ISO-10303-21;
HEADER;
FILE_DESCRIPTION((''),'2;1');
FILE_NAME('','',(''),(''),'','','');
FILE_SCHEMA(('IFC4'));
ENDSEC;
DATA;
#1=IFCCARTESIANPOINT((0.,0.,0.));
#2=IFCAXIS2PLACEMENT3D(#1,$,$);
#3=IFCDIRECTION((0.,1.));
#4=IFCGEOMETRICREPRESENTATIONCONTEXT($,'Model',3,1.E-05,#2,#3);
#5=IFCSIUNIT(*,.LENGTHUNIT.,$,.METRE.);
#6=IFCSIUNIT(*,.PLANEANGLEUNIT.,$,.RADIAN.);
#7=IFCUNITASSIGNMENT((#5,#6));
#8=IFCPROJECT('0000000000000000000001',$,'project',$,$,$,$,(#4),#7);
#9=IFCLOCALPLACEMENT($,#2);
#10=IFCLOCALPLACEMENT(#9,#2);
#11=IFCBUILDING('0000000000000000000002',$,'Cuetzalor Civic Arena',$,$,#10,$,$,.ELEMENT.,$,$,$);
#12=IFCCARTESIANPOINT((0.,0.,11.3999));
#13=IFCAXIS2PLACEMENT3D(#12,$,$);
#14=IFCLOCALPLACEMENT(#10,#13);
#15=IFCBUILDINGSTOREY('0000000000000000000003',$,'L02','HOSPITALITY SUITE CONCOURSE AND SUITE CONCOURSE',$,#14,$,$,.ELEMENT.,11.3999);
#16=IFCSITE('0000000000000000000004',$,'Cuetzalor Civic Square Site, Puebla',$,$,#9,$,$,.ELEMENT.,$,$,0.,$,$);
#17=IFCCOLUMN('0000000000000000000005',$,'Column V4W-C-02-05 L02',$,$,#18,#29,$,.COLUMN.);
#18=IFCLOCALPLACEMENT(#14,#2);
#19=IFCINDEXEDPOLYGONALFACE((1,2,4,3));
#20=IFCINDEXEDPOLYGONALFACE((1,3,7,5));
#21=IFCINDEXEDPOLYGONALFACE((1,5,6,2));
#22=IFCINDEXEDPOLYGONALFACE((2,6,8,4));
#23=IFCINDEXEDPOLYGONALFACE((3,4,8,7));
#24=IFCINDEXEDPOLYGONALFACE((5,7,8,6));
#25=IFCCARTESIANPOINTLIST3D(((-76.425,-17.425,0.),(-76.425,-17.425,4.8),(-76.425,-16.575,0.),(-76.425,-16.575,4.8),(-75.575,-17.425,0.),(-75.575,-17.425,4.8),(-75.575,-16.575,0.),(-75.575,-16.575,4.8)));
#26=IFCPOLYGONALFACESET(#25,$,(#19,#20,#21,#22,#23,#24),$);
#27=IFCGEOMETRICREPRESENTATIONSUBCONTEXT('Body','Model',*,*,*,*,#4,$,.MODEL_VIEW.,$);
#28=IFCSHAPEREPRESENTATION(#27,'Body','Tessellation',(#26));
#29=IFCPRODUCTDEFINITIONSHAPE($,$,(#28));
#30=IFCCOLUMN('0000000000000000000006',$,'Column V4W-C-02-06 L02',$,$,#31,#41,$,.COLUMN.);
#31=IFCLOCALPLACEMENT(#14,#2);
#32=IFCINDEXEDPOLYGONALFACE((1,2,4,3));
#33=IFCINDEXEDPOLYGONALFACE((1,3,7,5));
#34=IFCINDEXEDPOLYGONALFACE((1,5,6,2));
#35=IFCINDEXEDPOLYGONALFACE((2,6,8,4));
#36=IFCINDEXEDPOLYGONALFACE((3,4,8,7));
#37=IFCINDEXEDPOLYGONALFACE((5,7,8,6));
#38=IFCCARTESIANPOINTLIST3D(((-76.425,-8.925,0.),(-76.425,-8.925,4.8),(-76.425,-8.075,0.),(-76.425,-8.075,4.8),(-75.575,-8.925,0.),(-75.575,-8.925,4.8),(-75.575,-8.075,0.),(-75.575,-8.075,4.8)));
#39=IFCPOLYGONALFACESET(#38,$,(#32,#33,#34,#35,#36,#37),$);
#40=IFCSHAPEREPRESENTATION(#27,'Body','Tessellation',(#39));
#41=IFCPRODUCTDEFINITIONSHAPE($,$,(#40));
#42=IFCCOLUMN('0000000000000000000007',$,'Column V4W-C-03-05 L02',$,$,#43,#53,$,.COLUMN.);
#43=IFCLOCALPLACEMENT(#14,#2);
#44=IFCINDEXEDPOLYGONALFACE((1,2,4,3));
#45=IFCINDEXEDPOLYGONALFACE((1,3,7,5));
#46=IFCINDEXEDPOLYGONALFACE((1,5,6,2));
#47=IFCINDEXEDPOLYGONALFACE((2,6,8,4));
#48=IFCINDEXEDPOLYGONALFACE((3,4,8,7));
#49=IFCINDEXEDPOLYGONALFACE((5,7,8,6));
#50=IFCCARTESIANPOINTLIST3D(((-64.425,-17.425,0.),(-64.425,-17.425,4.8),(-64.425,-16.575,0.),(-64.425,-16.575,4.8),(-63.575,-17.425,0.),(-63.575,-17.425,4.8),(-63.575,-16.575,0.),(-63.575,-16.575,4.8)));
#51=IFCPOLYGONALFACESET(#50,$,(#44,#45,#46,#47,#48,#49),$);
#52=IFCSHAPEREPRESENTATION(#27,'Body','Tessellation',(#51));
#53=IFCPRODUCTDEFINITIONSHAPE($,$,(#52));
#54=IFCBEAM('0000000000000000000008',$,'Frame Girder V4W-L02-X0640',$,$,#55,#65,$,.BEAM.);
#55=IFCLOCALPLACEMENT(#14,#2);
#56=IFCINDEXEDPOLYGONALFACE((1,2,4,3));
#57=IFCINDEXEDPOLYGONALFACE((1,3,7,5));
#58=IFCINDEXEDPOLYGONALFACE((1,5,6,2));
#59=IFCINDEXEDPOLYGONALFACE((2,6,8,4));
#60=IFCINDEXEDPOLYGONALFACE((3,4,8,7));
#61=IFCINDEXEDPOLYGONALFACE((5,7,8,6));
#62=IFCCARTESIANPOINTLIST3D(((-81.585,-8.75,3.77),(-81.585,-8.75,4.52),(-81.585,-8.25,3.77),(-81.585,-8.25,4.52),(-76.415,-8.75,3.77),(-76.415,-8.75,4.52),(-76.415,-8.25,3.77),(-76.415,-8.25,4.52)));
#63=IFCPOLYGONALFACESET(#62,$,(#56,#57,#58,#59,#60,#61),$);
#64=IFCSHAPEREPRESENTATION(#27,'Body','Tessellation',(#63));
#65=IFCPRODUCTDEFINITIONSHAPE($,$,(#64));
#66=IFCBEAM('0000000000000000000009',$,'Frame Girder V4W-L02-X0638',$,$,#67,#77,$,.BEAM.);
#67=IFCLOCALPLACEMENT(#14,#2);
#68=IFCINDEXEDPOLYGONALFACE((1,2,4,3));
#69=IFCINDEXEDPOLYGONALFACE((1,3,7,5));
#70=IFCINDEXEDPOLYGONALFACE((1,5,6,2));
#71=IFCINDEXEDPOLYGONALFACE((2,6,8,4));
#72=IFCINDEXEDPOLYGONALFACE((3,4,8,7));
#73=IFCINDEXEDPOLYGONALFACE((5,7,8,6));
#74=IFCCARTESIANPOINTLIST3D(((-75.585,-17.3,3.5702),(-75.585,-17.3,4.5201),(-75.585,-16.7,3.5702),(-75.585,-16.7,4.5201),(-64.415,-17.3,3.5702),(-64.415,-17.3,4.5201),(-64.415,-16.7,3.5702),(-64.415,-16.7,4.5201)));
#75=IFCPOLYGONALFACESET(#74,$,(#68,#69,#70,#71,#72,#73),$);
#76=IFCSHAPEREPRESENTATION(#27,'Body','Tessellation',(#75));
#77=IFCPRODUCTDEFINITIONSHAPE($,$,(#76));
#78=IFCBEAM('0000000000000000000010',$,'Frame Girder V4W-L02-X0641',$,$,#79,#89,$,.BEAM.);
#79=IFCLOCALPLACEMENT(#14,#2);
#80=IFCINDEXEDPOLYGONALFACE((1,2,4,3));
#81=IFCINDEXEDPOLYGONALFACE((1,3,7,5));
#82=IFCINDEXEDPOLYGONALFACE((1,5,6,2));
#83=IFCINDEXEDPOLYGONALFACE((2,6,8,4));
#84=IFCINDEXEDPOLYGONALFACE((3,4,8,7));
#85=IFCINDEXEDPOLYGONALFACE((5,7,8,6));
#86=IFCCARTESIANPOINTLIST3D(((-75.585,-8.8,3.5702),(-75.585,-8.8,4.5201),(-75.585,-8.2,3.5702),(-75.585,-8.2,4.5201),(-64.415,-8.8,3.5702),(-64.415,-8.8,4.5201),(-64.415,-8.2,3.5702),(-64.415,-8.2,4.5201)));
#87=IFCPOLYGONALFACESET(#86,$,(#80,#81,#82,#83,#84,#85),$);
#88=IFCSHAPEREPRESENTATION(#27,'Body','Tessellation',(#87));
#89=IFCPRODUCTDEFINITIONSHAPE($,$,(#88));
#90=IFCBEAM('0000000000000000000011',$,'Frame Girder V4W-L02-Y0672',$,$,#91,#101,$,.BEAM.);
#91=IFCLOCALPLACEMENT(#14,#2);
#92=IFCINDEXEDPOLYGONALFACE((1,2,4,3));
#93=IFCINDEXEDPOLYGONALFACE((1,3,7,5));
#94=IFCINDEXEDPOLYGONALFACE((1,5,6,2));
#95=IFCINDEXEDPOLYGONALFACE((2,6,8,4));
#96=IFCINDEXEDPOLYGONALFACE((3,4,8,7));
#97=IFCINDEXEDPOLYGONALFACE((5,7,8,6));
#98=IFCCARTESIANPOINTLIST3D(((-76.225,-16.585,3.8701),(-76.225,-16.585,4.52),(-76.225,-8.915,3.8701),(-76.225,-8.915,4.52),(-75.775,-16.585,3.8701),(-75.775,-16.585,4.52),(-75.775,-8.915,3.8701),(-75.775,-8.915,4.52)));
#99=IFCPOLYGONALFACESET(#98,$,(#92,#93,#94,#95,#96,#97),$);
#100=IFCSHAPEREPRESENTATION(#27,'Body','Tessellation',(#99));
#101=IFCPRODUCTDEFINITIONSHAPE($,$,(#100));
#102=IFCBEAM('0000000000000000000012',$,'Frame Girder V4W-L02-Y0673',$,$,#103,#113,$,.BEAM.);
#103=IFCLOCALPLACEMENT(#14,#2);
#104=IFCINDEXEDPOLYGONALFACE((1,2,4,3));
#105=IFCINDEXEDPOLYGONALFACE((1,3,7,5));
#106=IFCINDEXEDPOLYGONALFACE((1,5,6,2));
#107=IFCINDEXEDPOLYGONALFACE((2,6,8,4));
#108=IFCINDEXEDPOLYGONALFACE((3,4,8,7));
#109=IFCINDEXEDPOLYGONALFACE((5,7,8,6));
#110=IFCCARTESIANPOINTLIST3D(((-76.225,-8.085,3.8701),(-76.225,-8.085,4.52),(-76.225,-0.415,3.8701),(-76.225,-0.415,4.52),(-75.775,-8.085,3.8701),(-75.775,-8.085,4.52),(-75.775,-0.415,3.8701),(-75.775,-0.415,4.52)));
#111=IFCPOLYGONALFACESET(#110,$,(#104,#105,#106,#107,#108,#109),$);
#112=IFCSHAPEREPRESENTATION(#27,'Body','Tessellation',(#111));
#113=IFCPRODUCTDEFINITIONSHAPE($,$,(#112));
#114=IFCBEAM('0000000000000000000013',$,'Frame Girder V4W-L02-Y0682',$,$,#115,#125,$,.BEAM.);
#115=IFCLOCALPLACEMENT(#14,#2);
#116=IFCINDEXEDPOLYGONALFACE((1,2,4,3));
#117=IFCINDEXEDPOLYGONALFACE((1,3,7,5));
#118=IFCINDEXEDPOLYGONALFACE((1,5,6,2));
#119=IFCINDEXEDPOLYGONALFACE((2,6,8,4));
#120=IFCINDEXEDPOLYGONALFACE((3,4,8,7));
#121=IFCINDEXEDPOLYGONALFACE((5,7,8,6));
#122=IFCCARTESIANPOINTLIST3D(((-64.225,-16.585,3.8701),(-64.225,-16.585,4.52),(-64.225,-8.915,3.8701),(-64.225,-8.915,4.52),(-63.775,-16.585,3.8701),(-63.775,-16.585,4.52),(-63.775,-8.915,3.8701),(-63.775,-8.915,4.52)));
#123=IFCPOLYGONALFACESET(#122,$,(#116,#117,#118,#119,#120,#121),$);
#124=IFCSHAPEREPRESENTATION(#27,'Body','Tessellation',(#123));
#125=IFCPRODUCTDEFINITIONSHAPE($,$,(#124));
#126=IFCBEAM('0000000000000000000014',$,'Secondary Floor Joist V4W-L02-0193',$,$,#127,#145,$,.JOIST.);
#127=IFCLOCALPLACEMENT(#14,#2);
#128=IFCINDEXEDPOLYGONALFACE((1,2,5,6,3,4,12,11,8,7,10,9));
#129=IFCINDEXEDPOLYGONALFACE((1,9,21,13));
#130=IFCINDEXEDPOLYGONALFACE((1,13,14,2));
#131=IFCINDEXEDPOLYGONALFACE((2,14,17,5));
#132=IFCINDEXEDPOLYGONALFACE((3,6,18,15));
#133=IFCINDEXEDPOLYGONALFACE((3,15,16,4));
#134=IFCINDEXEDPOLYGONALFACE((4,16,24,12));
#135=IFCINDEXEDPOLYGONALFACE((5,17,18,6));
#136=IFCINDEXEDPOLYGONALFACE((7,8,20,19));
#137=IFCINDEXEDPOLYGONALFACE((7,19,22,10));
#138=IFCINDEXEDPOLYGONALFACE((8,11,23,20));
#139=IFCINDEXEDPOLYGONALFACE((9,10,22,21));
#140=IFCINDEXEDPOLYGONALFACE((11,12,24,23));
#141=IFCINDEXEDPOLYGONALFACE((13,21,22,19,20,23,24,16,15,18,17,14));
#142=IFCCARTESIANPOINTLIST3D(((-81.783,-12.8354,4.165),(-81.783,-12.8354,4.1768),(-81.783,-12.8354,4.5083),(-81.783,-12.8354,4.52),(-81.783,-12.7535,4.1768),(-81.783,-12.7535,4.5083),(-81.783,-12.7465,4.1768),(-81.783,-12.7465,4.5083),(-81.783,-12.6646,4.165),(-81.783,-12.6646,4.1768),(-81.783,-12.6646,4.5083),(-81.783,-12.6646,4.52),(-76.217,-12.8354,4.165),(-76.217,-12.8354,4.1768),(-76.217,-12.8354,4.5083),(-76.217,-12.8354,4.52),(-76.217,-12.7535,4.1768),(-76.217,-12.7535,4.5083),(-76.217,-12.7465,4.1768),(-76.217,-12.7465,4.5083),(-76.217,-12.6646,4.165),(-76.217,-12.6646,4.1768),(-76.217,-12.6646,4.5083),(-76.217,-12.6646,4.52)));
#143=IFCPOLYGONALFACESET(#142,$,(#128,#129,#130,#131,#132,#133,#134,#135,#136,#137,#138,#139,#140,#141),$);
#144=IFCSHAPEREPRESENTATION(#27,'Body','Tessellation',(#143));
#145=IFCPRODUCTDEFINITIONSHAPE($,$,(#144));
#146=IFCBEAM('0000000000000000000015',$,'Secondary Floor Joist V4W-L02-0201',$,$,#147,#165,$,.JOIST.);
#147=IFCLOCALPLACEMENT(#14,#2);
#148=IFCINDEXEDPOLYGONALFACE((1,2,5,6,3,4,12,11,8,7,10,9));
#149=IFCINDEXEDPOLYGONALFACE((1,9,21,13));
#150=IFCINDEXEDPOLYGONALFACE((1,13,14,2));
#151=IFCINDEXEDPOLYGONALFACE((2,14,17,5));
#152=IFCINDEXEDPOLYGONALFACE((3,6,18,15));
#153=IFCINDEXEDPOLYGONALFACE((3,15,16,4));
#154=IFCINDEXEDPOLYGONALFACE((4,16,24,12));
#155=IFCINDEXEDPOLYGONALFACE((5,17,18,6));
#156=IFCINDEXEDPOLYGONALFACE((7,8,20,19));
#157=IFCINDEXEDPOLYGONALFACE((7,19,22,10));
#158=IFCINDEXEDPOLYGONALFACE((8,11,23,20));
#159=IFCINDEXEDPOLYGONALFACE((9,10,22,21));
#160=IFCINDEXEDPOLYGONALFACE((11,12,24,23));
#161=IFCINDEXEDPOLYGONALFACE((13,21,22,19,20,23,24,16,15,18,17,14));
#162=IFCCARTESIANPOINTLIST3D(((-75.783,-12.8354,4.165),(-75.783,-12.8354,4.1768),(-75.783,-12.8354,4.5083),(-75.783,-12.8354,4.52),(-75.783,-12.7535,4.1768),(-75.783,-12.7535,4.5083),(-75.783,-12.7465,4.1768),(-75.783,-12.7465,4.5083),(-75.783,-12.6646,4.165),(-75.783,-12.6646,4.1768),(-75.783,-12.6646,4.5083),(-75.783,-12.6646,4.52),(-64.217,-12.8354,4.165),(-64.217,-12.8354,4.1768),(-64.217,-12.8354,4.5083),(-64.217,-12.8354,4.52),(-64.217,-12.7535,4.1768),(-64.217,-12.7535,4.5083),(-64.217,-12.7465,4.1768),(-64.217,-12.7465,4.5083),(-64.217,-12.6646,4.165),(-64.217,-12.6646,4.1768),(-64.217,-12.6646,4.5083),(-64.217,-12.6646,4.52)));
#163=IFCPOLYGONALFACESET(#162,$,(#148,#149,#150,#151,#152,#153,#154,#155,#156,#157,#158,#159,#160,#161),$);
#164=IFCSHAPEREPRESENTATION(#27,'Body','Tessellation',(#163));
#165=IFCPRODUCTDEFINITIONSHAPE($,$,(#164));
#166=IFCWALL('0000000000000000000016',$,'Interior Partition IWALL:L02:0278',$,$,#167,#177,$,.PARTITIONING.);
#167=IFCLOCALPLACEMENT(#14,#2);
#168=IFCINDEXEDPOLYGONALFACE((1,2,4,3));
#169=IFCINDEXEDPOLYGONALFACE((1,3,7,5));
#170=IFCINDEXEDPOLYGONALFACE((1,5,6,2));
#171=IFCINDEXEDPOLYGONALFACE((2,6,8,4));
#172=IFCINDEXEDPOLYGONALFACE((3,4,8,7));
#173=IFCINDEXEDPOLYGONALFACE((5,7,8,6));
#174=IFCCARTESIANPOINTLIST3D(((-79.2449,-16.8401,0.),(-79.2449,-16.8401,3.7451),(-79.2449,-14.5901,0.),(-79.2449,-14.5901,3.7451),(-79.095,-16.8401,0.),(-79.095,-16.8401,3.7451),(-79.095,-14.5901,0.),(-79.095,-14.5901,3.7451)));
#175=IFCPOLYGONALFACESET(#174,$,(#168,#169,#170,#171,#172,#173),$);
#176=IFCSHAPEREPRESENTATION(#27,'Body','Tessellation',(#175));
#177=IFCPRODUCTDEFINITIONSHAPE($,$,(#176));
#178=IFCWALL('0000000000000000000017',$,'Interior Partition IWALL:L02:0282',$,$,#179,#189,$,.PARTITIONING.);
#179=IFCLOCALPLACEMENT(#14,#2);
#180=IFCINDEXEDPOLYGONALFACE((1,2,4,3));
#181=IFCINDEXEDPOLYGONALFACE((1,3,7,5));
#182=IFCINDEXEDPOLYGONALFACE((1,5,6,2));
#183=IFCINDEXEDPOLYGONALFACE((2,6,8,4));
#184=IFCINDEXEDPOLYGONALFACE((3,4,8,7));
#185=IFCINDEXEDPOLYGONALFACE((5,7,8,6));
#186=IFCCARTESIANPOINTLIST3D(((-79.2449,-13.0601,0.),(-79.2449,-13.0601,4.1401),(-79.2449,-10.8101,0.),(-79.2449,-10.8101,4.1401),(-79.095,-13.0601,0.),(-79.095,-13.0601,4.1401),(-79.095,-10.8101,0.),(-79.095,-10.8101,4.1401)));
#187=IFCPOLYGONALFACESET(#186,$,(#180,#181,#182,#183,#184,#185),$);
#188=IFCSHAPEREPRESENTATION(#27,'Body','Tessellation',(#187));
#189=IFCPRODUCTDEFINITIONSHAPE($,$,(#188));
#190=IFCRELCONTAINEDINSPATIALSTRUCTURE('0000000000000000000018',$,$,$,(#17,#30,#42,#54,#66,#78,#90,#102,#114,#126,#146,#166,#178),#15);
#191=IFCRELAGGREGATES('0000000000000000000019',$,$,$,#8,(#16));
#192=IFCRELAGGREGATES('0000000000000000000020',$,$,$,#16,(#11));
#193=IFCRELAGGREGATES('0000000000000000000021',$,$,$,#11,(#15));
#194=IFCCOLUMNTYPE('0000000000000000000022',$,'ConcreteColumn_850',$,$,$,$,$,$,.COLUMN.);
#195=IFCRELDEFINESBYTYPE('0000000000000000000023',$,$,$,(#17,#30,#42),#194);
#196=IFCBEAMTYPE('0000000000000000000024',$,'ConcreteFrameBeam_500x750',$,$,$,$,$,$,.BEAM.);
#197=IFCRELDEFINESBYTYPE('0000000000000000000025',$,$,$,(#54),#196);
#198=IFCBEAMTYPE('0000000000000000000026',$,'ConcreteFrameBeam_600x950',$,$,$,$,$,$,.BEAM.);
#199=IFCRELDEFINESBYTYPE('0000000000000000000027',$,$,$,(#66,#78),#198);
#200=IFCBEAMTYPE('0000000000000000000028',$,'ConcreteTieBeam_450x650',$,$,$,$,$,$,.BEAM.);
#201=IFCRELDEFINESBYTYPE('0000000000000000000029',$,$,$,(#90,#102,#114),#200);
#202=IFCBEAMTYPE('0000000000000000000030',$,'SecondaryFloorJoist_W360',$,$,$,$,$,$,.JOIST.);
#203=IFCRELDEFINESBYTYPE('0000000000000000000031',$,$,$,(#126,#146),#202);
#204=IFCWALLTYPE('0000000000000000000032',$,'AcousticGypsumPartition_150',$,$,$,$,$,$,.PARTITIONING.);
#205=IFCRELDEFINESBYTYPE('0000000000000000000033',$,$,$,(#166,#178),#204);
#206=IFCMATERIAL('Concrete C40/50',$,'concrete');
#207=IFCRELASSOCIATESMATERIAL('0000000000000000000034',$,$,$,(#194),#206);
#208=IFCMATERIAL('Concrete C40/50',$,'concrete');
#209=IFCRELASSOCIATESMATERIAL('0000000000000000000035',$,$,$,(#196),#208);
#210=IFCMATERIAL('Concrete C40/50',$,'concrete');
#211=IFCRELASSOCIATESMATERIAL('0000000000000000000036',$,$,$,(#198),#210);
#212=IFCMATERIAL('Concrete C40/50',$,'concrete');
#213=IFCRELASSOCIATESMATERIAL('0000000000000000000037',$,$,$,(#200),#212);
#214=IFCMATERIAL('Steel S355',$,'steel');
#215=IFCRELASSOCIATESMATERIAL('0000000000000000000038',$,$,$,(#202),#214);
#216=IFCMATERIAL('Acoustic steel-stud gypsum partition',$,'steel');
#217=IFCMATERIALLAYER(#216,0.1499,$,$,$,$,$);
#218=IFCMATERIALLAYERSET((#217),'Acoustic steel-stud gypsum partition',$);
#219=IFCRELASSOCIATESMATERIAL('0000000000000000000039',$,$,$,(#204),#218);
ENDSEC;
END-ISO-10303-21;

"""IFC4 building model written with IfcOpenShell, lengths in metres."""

from ifc_helpers import new_model, si_unit, direction, frame, frame_2d, origin, origin_2d, place, context, subcontext, project, spatial, rectangle, i_section, extrude, material, layer, layer_set, material_profile, profile_set, type_object, element, save


model = new_model("IFC4")

# Units and contexts
model_context = context("Model", 3, precision=1e-05, world=origin(), true_north=direction((0.0, 1.0)))
body_context = subcontext(model_context, "Body", "Model", "MODEL_VIEW")
ifc_project = project(units=[si_unit("LENGTHUNIT", "METRE"), si_unit("PLANEANGLEUNIT", "RADIAN")], contexts=[model_context])

# Site, building, storey
site_placement = place(None, origin())
site = spatial("IfcSite", under=ifc_project, at=site_placement, Name="Cuetzalor Civic Square Site, Puebla", CompositionType="ELEMENT", RefElevation=0.0)
building_placement = place(site_placement, origin())
building = spatial("IfcBuilding", under=site, at=building_placement, Name="Cuetzalor Civic Arena", CompositionType="ELEMENT")
storey_placement = place(building_placement, frame((0.0, 0.0, 11.3999)))
storey = spatial("IfcBuildingStorey", under=building, at=storey_placement, Name="L02", Description="HOSPITALITY SUITE CONCOURSE AND SUITE CONCOURSE", CompositionType="ELEMENT", Elevation=11.3999)

# Columns
ifc_material_1 = material(Name="Concrete C40/50", Category="concrete")
ifc_material_profile_1 = material_profile(ifc_material_1, rectangle(XDim=0.8501, YDim=0.8501, at=origin_2d()), Name="RC 850x850")
ifc_profile_set_1 = profile_set([ifc_material_profile_1], Name="Concrete C40/50")
column_type = type_object("IfcColumnType", Name="ConcreteColumn_850", PredefinedType="COLUMN", material=ifc_profile_set_1)
for number, where, z_axis, x_axis, name in (
    (1, (-76.0, -17.0, 0.0), (0.0, 0.0, 1.0), (1.0, 0.0, 0.0), "Column V4W-C-02-05 L02"),
    (2, (-76.0, -8.5, 0.0), (0.0, 0.0, 1.0), (1.0, 0.0, 0.0), "Column V4W-C-02-06 L02"),
    (3, (-64.0, -17.0, 0.0), (0.0, 0.0, 1.0), (1.0, 0.0, 0.0), "Column V4W-C-03-05 L02"),
):
    element("IfcColumn", number, at=place(storey_placement, frame(where, z_axis=z_axis, x_axis=x_axis)), inside=storey, type_object=column_type, Name=name, PredefinedType="COLUMN", context=body_context, shape_type="SweptSolid", body=[
        extrude(rectangle(XDim=0.8501, YDim=0.8501, at=origin_2d()), origin(), (0.0, 0.0, 1.0), 4.8),
    ])

# Beams
ifc_material_2 = material(Name="Concrete C40/50", Category="concrete")
ifc_material_profile_2 = material_profile(ifc_material_2, rectangle(XDim=0.5, YDim=0.75, at=origin_2d()), Name="RC 500x750")
ifc_profile_set_2 = profile_set([ifc_material_profile_2], Name="Concrete C40/50")
beam_type_1 = type_object("IfcBeamType", Name="ConcreteFrameBeam_500x750", PredefinedType="BEAM", material=ifc_profile_set_2)
beam_1_placement = place(storey_placement, frame((-81.585, -8.5, 4.145), z_axis=(1.0, 0.0, 0.0), x_axis=(0.0, 1.0, 0.0)))
element("IfcBeam", 4, at=beam_1_placement, inside=storey, type_object=beam_type_1, Name="Frame Girder V4W-L02-X0640", PredefinedType="BEAM", context=body_context, shape_type="SweptSolid", body=[
    extrude(rectangle(XDim=0.5, YDim=0.75, at=origin_2d()), origin(), (0.0, 0.0, 1.0), 5.1699),
])
ifc_material_3 = material(Name="Concrete C40/50", Category="concrete")
ifc_material_profile_3 = material_profile(ifc_material_3, rectangle(XDim=0.6001, YDim=0.95, at=origin_2d()), Name="RC 600x950")
ifc_profile_set_3 = profile_set([ifc_material_profile_3], Name="Concrete C40/50")
beam_type_2 = type_object("IfcBeamType", Name="ConcreteFrameBeam_600x950", PredefinedType="BEAM", material=ifc_profile_set_3)
for number, where, z_axis, x_axis, name in (
    (5, (-75.585, -17.0, 4.0452), (1.0, 0.0, 0.0), (0.0, 1.0, 0.0), "Frame Girder V4W-L02-X0638"),
    (6, (-75.585, -8.5, 4.0452), (1.0, 0.0, 0.0), (0.0, 1.0, 0.0), "Frame Girder V4W-L02-X0641"),
):
    element("IfcBeam", number, at=place(storey_placement, frame(where, z_axis=z_axis, x_axis=x_axis)), inside=storey, type_object=beam_type_2, Name=name, PredefinedType="BEAM", context=body_context, shape_type="SweptSolid", body=[
        extrude(rectangle(XDim=0.6001, YDim=0.95, at=origin_2d()), origin(), (0.0, 0.0, 1.0), 11.1699),
    ])
ifc_material_4 = material(Name="Concrete C40/50", Category="concrete")
ifc_material_profile_4 = material_profile(ifc_material_4, rectangle(XDim=0.45, YDim=0.6499, at=origin_2d()), Name="RC 450x650")
ifc_profile_set_4 = profile_set([ifc_material_profile_4], Name="Concrete C40/50")
beam_type_3 = type_object("IfcBeamType", Name="ConcreteTieBeam_450x650", PredefinedType="BEAM", material=ifc_profile_set_4)
for number, where, z_axis, x_axis, name in (
    (7, (-76.0, -16.585, 4.1951), (0.0, 1.0, 0.0), (-1.0, 0.0, 0.0), "Frame Girder V4W-L02-Y0672"),
    (8, (-76.0, -8.085, 4.1951), (0.0, 1.0, 0.0), (-1.0, 0.0, 0.0), "Frame Girder V4W-L02-Y0673"),
    (9, (-64.0, -16.585, 4.1951), (0.0, 1.0, 0.0), (-1.0, 0.0, 0.0), "Frame Girder V4W-L02-Y0682"),
):
    element("IfcBeam", number, at=place(storey_placement, frame(where, z_axis=z_axis, x_axis=x_axis)), inside=storey, type_object=beam_type_3, Name=name, PredefinedType="BEAM", context=body_context, shape_type="SweptSolid", body=[
        extrude(rectangle(XDim=0.45, YDim=0.6499, at=origin_2d()), origin(), (0.0, 0.0, 1.0), 7.6699),
    ])
ifc_material_5 = material(Name="Steel S355", Category="steel")
ifc_material_profile_5 = material_profile(ifc_material_5, i_section(OverallWidth=0.1709, OverallDepth=0.355, WebThickness=0.0071, FlangeThickness=0.0117, at=origin_2d()), Name="W360x51")
ifc_profile_set_5 = profile_set([ifc_material_profile_5], Name="Steel S355")
beam_type_4 = type_object("IfcBeamType", Name="SecondaryFloorJoist_W360", PredefinedType="JOIST", material=ifc_profile_set_5)
beam_2_placement = place(storey_placement, frame((-81.783, -12.75, 4.3425), z_axis=(1.0, 0.0, 0.0), x_axis=(0.0, 1.0, 0.0)))
element("IfcBeam", 10, at=beam_2_placement, inside=storey, type_object=beam_type_4, Name="Secondary Floor Joist V4W-L02-0193", PredefinedType="JOIST", context=body_context, shape_type="SweptSolid", body=[
    extrude(i_section(OverallWidth=0.1709, OverallDepth=0.355, WebThickness=0.0071, FlangeThickness=0.0117, at=origin_2d()), origin(), (0.0, 0.0, 1.0), 5.5659),
])
beam_3_placement = place(storey_placement, frame((-75.783, -12.75, 4.3425), z_axis=(1.0, 0.0, 0.0), x_axis=(0.0, 1.0, 0.0)))
element("IfcBeam", 11, at=beam_3_placement, inside=storey, type_object=beam_type_4, Name="Secondary Floor Joist V4W-L02-0201", PredefinedType="JOIST", context=body_context, shape_type="SweptSolid", body=[
    extrude(i_section(OverallWidth=0.1709, OverallDepth=0.355, WebThickness=0.0071, FlangeThickness=0.0117, at=origin_2d()), origin(), (0.0, 0.0, 1.0), 11.5659),
])

# Walls
ifc_material_6 = material(Name="Acoustic steel-stud gypsum partition", Category="steel")
ifc_layer_1 = layer(ifc_material_6, 0.1499)
ifc_layer_set_1 = layer_set([ifc_layer_1], Name="Acoustic steel-stud gypsum partition")
wall_type_1 = type_object("IfcWallType", Name="AcousticGypsumPartition_150", PredefinedType="PARTITIONING", material=ifc_layer_set_1)
wall_1_placement = place(storey_placement, frame((-79.1699, -14.5901, 0.0), z_axis=(0.0, 0.0, 1.0), x_axis=(0.0, -1.0, 0.0)))
element("IfcWall", 12, at=wall_1_placement, inside=storey, type_object=wall_type_1, Name="Interior Partition IWALL:L02:0278", PredefinedType="PARTITIONING", context=body_context, shape_type="SweptSolid", body=[
    extrude(rectangle(XDim=2.25, YDim=0.1499, at=frame_2d((1.125, 0.0))), origin(), (0.0, 0.0, 1.0), 3.7451),
])
wall_2_placement = place(storey_placement, frame((-79.1699, -10.8101, 0.0), z_axis=(0.0, 0.0, 1.0), x_axis=(0.0, -1.0, 0.0)))
element("IfcWall", 13, at=wall_2_placement, inside=storey, type_object=wall_type_1, Name="Interior Partition IWALL:L02:0282", PredefinedType="PARTITIONING", context=body_context, shape_type="SweptSolid", body=[
    extrude(rectangle(XDim=2.25, YDim=0.1499, at=frame_2d((1.125, 0.0))), origin(), (0.0, 0.0, 1.0), 4.1401),
])

save(model, "model.ifc")
